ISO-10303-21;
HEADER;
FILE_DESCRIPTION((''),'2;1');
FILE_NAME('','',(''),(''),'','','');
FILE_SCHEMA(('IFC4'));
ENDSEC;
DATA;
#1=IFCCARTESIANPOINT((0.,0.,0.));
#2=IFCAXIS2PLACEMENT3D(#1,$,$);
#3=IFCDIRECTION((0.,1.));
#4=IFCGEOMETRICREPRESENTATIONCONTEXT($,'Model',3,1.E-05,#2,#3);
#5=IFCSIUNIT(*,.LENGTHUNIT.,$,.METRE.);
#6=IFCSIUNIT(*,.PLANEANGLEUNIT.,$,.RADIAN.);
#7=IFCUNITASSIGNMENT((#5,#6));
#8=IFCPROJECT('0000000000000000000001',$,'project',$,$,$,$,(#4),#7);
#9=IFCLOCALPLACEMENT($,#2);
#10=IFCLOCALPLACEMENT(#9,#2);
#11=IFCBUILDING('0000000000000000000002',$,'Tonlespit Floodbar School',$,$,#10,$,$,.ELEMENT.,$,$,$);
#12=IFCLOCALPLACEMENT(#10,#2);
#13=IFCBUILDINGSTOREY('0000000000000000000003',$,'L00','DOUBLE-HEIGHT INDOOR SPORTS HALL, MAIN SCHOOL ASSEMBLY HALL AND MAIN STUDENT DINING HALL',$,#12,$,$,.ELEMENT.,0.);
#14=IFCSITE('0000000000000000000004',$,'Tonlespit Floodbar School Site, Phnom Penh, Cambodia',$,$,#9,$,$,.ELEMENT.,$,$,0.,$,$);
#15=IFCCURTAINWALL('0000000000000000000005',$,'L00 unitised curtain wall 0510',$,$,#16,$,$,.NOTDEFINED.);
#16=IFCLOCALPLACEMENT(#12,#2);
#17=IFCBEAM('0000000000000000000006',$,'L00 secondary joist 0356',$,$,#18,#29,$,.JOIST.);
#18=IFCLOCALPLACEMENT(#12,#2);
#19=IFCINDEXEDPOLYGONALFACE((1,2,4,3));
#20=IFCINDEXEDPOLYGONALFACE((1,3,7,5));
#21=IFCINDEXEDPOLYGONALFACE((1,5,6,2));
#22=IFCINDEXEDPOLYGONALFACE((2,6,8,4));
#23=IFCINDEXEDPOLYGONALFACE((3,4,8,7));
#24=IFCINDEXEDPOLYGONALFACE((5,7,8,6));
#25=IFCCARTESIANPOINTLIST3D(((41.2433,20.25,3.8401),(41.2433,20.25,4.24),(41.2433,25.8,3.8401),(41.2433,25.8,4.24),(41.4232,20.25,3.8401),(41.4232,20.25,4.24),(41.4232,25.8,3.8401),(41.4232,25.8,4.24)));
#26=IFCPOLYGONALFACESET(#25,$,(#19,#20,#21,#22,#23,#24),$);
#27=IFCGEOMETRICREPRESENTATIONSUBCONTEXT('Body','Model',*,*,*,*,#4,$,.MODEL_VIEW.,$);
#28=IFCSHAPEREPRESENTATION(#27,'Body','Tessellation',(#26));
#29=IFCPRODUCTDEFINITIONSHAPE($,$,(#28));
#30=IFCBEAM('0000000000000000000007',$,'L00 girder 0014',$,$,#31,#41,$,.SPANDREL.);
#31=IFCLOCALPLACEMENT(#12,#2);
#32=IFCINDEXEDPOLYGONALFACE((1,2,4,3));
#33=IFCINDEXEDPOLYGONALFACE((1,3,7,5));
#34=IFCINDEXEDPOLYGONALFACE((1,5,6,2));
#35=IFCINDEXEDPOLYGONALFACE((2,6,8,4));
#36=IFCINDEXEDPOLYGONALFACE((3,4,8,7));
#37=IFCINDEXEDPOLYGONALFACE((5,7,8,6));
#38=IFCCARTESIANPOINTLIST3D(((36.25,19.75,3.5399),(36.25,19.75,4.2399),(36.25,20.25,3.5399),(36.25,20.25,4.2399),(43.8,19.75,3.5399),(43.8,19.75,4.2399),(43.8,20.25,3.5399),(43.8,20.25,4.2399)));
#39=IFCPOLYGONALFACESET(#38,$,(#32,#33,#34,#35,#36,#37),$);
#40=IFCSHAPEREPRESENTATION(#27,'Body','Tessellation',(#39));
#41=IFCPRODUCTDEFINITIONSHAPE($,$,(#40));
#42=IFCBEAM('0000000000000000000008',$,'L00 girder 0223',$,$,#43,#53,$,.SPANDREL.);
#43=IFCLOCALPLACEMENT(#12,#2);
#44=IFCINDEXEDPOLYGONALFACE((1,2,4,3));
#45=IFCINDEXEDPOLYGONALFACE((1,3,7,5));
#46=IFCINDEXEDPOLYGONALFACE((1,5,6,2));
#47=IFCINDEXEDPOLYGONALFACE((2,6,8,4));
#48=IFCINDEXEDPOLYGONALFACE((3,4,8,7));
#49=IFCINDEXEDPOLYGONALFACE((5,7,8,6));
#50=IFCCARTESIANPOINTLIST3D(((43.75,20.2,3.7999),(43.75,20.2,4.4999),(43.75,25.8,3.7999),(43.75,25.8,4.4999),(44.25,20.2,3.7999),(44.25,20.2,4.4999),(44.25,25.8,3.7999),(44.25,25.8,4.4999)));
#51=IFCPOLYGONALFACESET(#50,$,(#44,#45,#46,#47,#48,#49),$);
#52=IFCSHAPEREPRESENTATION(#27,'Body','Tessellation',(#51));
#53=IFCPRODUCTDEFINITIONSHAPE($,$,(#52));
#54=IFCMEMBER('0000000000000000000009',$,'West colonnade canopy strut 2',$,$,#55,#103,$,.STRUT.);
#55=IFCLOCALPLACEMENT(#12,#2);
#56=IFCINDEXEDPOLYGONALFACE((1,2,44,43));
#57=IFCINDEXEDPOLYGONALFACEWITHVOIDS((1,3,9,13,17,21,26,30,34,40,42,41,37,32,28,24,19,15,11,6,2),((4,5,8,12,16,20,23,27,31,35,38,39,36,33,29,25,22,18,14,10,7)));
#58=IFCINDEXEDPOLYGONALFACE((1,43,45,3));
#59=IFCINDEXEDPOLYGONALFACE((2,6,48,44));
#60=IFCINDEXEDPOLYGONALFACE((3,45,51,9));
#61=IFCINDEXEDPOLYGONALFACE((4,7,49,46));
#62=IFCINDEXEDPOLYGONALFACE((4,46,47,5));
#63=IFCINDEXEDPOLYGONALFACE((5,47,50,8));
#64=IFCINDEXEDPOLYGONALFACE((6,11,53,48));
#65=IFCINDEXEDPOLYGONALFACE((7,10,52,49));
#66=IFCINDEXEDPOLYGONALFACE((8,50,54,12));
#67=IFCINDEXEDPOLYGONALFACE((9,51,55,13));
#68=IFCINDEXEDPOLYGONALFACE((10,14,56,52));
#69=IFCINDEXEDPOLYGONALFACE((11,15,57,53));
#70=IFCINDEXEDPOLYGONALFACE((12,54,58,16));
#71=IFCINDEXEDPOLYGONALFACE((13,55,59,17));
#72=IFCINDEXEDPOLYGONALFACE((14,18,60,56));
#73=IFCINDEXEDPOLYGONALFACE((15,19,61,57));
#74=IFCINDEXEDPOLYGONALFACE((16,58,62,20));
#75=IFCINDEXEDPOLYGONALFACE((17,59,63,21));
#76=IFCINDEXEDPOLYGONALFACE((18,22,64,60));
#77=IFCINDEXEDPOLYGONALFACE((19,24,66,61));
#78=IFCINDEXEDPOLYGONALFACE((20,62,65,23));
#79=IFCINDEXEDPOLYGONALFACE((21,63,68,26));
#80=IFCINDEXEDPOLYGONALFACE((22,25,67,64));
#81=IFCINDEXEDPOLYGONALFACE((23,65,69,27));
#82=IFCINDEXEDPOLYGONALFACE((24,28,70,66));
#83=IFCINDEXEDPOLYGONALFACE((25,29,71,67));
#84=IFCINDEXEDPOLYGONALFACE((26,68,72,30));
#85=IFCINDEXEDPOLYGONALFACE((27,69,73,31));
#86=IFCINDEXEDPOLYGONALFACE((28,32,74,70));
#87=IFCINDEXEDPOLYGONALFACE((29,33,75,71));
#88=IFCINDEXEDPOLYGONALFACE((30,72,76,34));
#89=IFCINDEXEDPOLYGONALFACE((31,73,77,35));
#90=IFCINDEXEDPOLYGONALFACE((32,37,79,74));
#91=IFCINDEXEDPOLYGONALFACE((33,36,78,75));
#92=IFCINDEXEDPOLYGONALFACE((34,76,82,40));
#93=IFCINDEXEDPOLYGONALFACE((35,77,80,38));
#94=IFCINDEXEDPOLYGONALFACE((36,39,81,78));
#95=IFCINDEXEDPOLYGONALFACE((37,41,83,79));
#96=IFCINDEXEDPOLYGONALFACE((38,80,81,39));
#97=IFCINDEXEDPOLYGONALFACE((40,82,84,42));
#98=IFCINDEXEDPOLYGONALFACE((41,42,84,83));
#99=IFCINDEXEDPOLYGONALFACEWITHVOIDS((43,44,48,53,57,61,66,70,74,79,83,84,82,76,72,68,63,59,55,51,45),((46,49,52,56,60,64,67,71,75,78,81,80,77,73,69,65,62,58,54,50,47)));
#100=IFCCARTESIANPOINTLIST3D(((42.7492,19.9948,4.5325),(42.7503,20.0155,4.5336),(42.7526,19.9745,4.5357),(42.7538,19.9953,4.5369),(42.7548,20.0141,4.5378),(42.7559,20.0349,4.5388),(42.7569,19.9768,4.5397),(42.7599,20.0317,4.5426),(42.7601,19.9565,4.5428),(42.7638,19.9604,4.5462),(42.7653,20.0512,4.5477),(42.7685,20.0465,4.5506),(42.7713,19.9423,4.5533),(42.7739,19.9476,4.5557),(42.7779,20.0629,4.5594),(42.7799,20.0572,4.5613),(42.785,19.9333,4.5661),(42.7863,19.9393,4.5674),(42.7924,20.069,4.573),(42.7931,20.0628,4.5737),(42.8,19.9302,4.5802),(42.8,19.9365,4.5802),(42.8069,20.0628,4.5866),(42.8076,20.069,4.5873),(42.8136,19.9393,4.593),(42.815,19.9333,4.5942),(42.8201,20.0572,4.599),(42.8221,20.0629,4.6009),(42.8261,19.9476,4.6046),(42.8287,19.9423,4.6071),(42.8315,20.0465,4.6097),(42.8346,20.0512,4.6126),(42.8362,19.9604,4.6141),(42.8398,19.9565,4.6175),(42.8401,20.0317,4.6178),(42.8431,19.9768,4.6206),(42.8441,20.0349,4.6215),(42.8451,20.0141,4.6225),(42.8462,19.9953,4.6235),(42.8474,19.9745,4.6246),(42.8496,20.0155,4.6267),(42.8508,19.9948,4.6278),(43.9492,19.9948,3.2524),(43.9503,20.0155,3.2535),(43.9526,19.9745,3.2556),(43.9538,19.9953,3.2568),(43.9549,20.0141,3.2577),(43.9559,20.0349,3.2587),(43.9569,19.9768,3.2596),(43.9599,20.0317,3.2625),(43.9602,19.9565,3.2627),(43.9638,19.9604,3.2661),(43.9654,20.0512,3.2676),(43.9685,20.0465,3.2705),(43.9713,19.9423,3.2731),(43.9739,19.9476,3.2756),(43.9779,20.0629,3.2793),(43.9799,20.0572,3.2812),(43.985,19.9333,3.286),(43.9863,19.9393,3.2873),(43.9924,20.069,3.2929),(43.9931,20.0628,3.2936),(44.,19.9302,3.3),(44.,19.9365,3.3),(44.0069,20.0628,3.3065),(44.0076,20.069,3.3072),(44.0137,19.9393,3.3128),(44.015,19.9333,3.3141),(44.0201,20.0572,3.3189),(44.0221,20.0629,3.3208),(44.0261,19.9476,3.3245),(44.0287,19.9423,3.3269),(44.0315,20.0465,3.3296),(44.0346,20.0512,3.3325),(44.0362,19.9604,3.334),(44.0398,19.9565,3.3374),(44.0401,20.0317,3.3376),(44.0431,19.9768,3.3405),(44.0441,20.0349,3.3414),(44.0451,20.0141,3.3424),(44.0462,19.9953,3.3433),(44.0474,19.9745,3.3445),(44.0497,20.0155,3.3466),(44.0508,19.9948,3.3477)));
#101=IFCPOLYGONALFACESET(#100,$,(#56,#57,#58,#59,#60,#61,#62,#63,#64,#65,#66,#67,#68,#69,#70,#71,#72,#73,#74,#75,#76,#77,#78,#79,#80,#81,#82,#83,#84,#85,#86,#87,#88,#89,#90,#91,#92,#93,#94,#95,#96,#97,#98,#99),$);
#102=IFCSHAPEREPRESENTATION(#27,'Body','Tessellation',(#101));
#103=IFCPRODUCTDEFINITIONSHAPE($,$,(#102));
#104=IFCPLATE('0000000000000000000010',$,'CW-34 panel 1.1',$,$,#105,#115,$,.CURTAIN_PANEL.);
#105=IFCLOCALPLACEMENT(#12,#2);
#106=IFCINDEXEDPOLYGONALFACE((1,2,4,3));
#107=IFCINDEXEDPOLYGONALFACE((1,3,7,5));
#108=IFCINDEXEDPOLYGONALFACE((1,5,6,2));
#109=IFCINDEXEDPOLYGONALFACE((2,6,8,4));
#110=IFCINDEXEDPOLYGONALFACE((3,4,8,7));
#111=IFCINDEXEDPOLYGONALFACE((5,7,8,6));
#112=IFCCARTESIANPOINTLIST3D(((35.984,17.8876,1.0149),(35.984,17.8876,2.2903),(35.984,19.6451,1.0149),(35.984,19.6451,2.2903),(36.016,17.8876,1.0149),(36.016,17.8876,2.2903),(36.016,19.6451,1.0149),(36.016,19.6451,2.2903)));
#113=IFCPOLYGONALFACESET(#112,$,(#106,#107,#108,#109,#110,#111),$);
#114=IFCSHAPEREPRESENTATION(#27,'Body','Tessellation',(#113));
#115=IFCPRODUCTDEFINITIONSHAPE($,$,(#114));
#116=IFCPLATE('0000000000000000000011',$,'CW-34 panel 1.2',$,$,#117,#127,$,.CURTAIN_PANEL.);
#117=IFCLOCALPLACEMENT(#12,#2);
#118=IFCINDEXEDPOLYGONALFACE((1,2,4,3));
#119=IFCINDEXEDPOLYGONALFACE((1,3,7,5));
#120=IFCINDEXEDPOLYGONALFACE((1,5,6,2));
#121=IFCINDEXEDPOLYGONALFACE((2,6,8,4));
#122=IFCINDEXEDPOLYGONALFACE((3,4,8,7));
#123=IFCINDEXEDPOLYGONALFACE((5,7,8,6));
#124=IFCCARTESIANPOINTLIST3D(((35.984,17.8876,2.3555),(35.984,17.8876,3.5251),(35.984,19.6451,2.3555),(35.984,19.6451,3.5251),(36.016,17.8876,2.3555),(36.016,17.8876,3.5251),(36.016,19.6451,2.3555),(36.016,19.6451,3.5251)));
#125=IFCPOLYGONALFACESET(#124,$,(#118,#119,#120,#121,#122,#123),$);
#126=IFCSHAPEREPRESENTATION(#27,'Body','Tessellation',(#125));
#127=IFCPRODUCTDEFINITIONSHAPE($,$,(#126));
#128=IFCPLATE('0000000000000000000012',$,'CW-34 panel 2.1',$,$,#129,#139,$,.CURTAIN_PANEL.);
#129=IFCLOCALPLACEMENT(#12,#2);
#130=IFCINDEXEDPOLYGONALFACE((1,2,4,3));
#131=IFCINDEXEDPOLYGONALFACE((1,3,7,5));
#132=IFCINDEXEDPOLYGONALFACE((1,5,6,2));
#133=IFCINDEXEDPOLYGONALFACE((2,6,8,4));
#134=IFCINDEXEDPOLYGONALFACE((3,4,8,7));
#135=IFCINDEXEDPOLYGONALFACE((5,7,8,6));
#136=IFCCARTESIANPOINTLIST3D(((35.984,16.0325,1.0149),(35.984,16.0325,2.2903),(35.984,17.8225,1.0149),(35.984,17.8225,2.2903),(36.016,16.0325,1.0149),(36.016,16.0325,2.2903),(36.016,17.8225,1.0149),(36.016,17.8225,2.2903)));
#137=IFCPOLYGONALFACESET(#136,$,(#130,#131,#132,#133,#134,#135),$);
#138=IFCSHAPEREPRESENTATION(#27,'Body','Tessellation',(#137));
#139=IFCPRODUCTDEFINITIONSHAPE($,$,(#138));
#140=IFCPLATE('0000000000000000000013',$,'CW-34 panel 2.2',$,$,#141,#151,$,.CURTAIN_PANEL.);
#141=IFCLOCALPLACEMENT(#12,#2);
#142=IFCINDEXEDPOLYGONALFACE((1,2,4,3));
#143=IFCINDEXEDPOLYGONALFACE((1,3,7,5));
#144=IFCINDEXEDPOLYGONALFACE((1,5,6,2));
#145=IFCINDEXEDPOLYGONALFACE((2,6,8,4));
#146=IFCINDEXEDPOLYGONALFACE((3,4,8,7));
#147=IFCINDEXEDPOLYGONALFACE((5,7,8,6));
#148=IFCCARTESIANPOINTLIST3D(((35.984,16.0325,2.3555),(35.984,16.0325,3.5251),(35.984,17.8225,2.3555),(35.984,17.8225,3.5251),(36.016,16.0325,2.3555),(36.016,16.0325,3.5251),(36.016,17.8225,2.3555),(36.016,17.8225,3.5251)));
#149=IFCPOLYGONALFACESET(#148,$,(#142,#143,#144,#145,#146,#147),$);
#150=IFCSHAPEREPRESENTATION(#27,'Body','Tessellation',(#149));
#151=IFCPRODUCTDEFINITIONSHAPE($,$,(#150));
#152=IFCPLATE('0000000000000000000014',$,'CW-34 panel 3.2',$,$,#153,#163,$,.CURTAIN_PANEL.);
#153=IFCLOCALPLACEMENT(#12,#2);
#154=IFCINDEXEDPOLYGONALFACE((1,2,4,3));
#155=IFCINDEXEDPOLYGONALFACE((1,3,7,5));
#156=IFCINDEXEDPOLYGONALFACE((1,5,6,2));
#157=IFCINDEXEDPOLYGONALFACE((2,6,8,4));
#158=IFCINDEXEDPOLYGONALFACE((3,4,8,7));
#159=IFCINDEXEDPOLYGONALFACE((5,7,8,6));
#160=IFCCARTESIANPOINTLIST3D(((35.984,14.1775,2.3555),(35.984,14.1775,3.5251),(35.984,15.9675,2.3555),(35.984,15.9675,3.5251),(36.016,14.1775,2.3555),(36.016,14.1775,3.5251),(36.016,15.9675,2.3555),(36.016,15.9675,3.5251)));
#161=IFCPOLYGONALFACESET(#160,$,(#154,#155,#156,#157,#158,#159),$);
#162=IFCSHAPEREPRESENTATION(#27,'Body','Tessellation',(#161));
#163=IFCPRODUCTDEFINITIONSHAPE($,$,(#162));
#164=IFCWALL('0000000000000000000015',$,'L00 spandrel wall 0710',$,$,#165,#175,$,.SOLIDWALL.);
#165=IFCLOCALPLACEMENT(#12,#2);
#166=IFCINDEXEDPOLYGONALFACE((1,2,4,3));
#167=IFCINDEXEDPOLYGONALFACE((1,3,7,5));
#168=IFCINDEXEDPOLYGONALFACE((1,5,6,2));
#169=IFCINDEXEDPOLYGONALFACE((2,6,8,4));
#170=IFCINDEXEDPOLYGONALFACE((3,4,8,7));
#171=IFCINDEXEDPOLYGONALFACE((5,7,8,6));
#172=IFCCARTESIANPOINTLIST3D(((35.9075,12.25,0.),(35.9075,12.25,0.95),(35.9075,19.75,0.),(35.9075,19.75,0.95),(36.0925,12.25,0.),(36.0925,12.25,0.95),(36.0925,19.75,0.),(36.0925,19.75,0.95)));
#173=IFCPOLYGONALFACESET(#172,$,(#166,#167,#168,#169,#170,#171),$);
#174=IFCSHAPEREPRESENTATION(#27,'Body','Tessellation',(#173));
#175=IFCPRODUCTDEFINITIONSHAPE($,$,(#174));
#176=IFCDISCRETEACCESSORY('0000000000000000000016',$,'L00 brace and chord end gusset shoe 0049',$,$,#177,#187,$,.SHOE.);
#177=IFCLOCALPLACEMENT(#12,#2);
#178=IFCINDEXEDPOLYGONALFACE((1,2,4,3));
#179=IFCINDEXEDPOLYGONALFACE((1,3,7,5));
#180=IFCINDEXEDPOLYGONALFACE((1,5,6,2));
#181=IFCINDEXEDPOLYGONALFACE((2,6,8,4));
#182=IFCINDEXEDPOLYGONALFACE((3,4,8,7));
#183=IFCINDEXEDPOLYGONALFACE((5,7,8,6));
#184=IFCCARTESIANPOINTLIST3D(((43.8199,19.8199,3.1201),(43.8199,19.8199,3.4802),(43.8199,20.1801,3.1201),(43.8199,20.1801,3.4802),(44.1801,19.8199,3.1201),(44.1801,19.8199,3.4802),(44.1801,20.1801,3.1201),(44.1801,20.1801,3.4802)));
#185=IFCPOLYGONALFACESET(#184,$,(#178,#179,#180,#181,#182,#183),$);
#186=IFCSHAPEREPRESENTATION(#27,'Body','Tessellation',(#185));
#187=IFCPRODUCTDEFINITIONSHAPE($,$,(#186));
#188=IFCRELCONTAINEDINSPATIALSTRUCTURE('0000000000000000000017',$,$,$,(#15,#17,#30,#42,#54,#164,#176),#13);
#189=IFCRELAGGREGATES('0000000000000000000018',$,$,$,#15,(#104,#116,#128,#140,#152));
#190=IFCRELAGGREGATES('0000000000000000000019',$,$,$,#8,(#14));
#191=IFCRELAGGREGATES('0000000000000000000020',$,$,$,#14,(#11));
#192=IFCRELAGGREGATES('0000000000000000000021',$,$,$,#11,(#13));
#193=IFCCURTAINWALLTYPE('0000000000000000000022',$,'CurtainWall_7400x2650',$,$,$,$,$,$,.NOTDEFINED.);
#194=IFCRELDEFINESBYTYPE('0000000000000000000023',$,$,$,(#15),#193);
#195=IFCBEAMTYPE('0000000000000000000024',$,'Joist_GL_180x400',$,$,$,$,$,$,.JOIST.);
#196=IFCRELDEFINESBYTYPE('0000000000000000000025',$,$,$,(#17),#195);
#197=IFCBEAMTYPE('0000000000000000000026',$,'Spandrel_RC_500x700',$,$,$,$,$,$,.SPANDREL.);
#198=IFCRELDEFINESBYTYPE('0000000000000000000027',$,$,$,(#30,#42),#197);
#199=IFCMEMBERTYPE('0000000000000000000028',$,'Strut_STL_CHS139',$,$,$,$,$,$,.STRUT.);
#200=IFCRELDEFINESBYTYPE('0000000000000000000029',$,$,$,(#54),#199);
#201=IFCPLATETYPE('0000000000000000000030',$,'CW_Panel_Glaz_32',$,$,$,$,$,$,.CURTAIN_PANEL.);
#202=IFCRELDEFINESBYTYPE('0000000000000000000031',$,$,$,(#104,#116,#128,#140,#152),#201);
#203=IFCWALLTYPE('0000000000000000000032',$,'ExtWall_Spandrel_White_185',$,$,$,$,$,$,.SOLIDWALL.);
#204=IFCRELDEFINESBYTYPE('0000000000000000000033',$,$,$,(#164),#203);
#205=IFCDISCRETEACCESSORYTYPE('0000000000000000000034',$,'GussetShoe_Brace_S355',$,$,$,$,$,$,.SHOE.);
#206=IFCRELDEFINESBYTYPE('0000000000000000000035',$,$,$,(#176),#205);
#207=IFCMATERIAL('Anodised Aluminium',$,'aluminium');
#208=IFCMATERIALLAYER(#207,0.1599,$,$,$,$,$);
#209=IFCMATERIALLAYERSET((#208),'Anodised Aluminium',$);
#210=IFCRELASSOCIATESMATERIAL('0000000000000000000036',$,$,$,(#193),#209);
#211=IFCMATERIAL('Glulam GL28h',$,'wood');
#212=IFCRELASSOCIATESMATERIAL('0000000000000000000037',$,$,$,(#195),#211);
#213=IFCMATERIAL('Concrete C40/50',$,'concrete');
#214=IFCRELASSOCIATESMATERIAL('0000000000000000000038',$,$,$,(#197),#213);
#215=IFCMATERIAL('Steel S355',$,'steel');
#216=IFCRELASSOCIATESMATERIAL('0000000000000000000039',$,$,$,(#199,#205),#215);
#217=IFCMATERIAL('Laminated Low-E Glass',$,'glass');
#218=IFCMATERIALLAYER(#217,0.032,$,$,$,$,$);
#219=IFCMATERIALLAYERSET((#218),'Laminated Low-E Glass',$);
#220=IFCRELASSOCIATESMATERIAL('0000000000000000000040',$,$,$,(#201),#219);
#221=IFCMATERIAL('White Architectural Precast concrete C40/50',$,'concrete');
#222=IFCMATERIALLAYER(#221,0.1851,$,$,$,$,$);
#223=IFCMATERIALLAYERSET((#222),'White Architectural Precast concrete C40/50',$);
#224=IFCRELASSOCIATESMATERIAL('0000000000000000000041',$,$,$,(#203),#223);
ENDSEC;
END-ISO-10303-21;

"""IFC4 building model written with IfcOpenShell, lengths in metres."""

from ifc_helpers import new_model, si_unit, direction, frame, frame_2d, origin, origin_2d, place, context, subcontext, project, spatial, rectangle, hollow_circle, extrude, material, layer, layer_set, material_profile, profile_set, type_object, element, aggregate, save


model = new_model("IFC4")

# Units and contexts
model_context = context("Model", 3, precision=1e-05, world=origin(), true_north=direction((0.0, 1.0)))
body_context = subcontext(model_context, "Body", "Model", "MODEL_VIEW")
ifc_project = project(units=[si_unit("LENGTHUNIT", "METRE"), si_unit("PLANEANGLEUNIT", "RADIAN")], contexts=[model_context])

# Site, building, storey
site_placement = place(None, origin())
site = spatial("IfcSite", under=ifc_project, at=site_placement, Name="Tonlespit Floodbar School Site, Phnom Penh, Cambodia", CompositionType="ELEMENT", RefElevation=0.0)
building_placement = place(site_placement, origin())
building = spatial("IfcBuilding", under=site, at=building_placement, Name="Tonlespit Floodbar School", CompositionType="ELEMENT")
storey_placement = place(building_placement, origin())
storey = spatial("IfcBuildingStorey", under=building, at=storey_placement, Name="L00", Description="DOUBLE-HEIGHT INDOOR SPORTS HALL, MAIN SCHOOL ASSEMBLY HALL AND MAIN STUDENT DINING HALL", CompositionType="ELEMENT", Elevation=0.0)

# Shared definitions
ifc_material_1 = material(Name="Concrete C40/50", Category="concrete")

# Curtain wall
ifc_material_2 = material(Name="Anodised Aluminium", Category="aluminium")
ifc_layer_1 = layer(ifc_material_2, 0.1599)
ifc_layer_set_1 = layer_set([ifc_layer_1], Name="Anodised Aluminium")
curtain_wall_type = type_object("IfcCurtainWallType", Name="CurtainWall_7400x2650", PredefinedType="NOTDEFINED", material=ifc_layer_set_1)
curtain_wall_placement = place(storey_placement, origin())
curtain_wall = element("IfcCurtainWall", 1, at=curtain_wall_placement, inside=storey, type_object=curtain_wall_type, Name="L00 unitised curtain wall 0510", PredefinedType="NOTDEFINED")

# Beams
ifc_material_3 = material(Name="Glulam GL28h", Category="wood")
ifc_material_profile_1 = material_profile(ifc_material_3, rectangle(XDim=0.1799, YDim=0.3999, at=origin_2d()), Name="GL 180x400")
ifc_profile_set_1 = profile_set([ifc_material_profile_1], Name="Glulam GL28h")
beam_type_1 = type_object("IfcBeamType", Name="Joist_GL_180x400", PredefinedType="JOIST", material=ifc_profile_set_1)
for number, where, z_axis, x_axis, name in (
    (2, (41.3333, 20.25, 4.04), (0.0, 1.0, 0.0), (-1.0, 0.0, 0.0), "L00 secondary joist 0356"),
):
    element("IfcBeam", number, at=place(storey_placement, frame(where, z_axis=z_axis, x_axis=x_axis)), inside=storey, type_object=beam_type_1, Name=name, PredefinedType="JOIST", context=body_context, shape_type="SweptSolid", body=[
        extrude(rectangle(XDim=0.1799, YDim=0.3999, at=origin_2d()), origin(), (0.0, 0.0, 1.0), 5.55),
    ])
ifc_material_profile_2 = material_profile(ifc_material_1, rectangle(XDim=0.5, YDim=0.7, at=origin_2d()), Name="RC 500x700")
ifc_profile_set_2 = profile_set([ifc_material_profile_2], Name="Concrete C40/50")
beam_type_2 = type_object("IfcBeamType", Name="Spandrel_RC_500x700", PredefinedType="SPANDREL", material=ifc_profile_set_2)
beam_1_placement = place(storey_placement, frame((36.25, 20.0, 3.8899), z_axis=(1.0, 0.0, 0.0), x_axis=(0.0, 1.0, 0.0)))
element("IfcBeam", 3, at=beam_1_placement, inside=storey, type_object=beam_type_2, Name="L00 girder 0014", PredefinedType="SPANDREL", context=body_context, shape_type="SweptSolid", body=[
    extrude(rectangle(XDim=0.5, YDim=0.7, at=origin_2d()), origin(), (0.0, 0.0, 1.0), 7.55),
])
beam_2_placement = place(storey_placement, frame((44.0, 20.2, 4.1499), z_axis=(0.0, 1.0, 0.0), x_axis=(-1.0, 0.0, 0.0)))
element("IfcBeam", 4, at=beam_2_placement, inside=storey, type_object=beam_type_2, Name="L00 girder 0223", PredefinedType="SPANDREL", context=body_context, shape_type="SweptSolid", body=[
    extrude(rectangle(XDim=0.5, YDim=0.7, at=origin_2d()), origin(), (0.0, 0.0, 1.0), 5.6001),
])

# Member
ifc_material_4 = material(Name="Steel S355", Category="steel")
ifc_material_profile_3 = material_profile(ifc_material_4, hollow_circle(Radius=0.0698, WallThickness=0.0063, at=origin_2d()), Name="CHS 139.7x6.3")
ifc_profile_set_3 = profile_set([ifc_material_profile_3], Name="Steel S355")
member_type_1 = type_object("IfcMemberType", Name="Strut_STL_CHS139", PredefinedType="STRUT", material=ifc_profile_set_3)
member_1_placement = place(storey_placement, frame((44.0, 20.0, 3.3), z_axis=(-0.683918, 0.0, 0.729559), x_axis=(0.0, -1.0, 0.0)))
element("IfcMember", 5, at=member_1_placement, inside=storey, type_object=member_type_1, Name="West colonnade canopy strut 2", PredefinedType="STRUT", context=body_context, shape_type="SweptSolid", body=[
    extrude(hollow_circle(Radius=0.0698, WallThickness=0.0063, at=origin_2d()), origin(), (0.0, 0.0, 1.0), 1.7546),
])

# Plates
ifc_material_5 = material(Name="Laminated Low-E Glass", Category="glass")
ifc_layer_2 = layer(ifc_material_5, 0.032)
ifc_layer_set_2 = layer_set([ifc_layer_2], Name="Laminated Low-E Glass")
plate_type = type_object("IfcPlateType", Name="CW_Panel_Glaz_32", PredefinedType="CURTAIN_PANEL", material=ifc_layer_set_2)
plate_1_placement = place(storey_placement, frame((36.0, 18.7664, 1.0149), z_axis=(0.0, 0.0, 1.0), x_axis=(0.0, -1.0, 0.0)))
plate_1 = element("IfcPlate", 6, at=plate_1_placement, type_object=plate_type, Name="CW-34 panel 1.1", PredefinedType="CURTAIN_PANEL", context=body_context, shape_type="SweptSolid", body=[
    extrude(rectangle(XDim=1.7576, YDim=0.032, at=origin_2d()), origin(), (0.0, 0.0, 1.0), 1.2754),
])
plate_2_placement = place(storey_placement, frame((36.0, 18.7664, 2.3555), z_axis=(0.0, 0.0, 1.0), x_axis=(0.0, -1.0, 0.0)))
plate_2 = element("IfcPlate", 7, at=plate_2_placement, type_object=plate_type, Name="CW-34 panel 1.2", PredefinedType="CURTAIN_PANEL", context=body_context, shape_type="SweptSolid", body=[
    extrude(rectangle(XDim=1.7576, YDim=0.032, at=origin_2d()), origin(), (0.0, 0.0, 1.0), 1.1697),
])
plate_3_placement = place(storey_placement, frame((36.0, 16.9275, 1.0149), z_axis=(0.0, 0.0, 1.0), x_axis=(0.0, -1.0, 0.0)))
plate_3 = element("IfcPlate", 8, at=plate_3_placement, type_object=plate_type, Name="CW-34 panel 2.1", PredefinedType="CURTAIN_PANEL", context=body_context, shape_type="SweptSolid", body=[
    extrude(rectangle(XDim=1.79, YDim=0.032, at=origin_2d()), origin(), (0.0, 0.0, 1.0), 1.2754),
])
plate_4_placement = place(storey_placement, frame((36.0, 16.9275, 2.3555), z_axis=(0.0, 0.0, 1.0), x_axis=(0.0, -1.0, 0.0)))
plate_4 = element("IfcPlate", 9, at=plate_4_placement, type_object=plate_type, Name="CW-34 panel 2.2", PredefinedType="CURTAIN_PANEL", context=body_context, shape_type="SweptSolid", body=[
    extrude(rectangle(XDim=1.79, YDim=0.032, at=origin_2d()), origin(), (0.0, 0.0, 1.0), 1.1697),
])
plate_5_placement = place(storey_placement, frame((36.0, 15.0725, 2.3555), z_axis=(0.0, 0.0, 1.0), x_axis=(0.0, -1.0, 0.0)))
plate_5 = element("IfcPlate", 10, at=plate_5_placement, type_object=plate_type, Name="CW-34 panel 3.2", PredefinedType="CURTAIN_PANEL", context=body_context, shape_type="SweptSolid", body=[
    extrude(rectangle(XDim=1.79, YDim=0.032, at=origin_2d()), origin(), (0.0, 0.0, 1.0), 1.1697),
])
aggregate(curtain_wall, [plate_1, plate_2, plate_3, plate_4, plate_5])

# Wall
ifc_material_6 = material(Name="White Architectural Precast concrete C40/50", Category="concrete")
ifc_layer_3 = layer(ifc_material_6, 0.1851)
ifc_layer_set_3 = layer_set([ifc_layer_3], Name="White Architectural Precast concrete C40/50")
wall_type = type_object("IfcWallType", Name="ExtWall_Spandrel_White_185", PredefinedType="SOLIDWALL", material=ifc_layer_set_3)
wall_placement = place(storey_placement, frame((36.0, 19.75, 0.0), z_axis=(0.0, 0.0, 1.0), x_axis=(0.0, -1.0, 0.0)))
element("IfcWall", 11, at=wall_placement, inside=storey, type_object=wall_type, Name="L00 spandrel wall 0710", PredefinedType="SOLIDWALL", context=body_context, shape_type="SweptSolid", body=[
    extrude(rectangle(XDim=7.5, YDim=0.1851, at=frame_2d((3.75, 0.0))), origin(), (0.0, 0.0, 1.0), 0.95),
])

# Discrete accessory
discrete_accessory_type = type_object("IfcDiscreteAccessoryType", Name="GussetShoe_Brace_S355", PredefinedType="SHOE", material=ifc_material_4)
for number, where, z_axis, x_axis, name in (
    (12, (44.0, 20.0, 3.1201), (0.0, 0.0, 1.0), (1.0, 0.0, 0.0), "L00 brace and chord end gusset shoe 0049"),
):
    element("IfcDiscreteAccessory", number, at=place(storey_placement, frame(where, z_axis=z_axis, x_axis=x_axis)), inside=storey, type_object=discrete_accessory_type, Name=name, PredefinedType="SHOE", context=body_context, shape_type="SweptSolid", body=[
        extrude(rectangle(XDim=0.3601, YDim=0.3601, at=origin_2d()), origin(), (0.0, 0.0, 1.0), 0.3601),
    ])

save(model, "model.ifc")
